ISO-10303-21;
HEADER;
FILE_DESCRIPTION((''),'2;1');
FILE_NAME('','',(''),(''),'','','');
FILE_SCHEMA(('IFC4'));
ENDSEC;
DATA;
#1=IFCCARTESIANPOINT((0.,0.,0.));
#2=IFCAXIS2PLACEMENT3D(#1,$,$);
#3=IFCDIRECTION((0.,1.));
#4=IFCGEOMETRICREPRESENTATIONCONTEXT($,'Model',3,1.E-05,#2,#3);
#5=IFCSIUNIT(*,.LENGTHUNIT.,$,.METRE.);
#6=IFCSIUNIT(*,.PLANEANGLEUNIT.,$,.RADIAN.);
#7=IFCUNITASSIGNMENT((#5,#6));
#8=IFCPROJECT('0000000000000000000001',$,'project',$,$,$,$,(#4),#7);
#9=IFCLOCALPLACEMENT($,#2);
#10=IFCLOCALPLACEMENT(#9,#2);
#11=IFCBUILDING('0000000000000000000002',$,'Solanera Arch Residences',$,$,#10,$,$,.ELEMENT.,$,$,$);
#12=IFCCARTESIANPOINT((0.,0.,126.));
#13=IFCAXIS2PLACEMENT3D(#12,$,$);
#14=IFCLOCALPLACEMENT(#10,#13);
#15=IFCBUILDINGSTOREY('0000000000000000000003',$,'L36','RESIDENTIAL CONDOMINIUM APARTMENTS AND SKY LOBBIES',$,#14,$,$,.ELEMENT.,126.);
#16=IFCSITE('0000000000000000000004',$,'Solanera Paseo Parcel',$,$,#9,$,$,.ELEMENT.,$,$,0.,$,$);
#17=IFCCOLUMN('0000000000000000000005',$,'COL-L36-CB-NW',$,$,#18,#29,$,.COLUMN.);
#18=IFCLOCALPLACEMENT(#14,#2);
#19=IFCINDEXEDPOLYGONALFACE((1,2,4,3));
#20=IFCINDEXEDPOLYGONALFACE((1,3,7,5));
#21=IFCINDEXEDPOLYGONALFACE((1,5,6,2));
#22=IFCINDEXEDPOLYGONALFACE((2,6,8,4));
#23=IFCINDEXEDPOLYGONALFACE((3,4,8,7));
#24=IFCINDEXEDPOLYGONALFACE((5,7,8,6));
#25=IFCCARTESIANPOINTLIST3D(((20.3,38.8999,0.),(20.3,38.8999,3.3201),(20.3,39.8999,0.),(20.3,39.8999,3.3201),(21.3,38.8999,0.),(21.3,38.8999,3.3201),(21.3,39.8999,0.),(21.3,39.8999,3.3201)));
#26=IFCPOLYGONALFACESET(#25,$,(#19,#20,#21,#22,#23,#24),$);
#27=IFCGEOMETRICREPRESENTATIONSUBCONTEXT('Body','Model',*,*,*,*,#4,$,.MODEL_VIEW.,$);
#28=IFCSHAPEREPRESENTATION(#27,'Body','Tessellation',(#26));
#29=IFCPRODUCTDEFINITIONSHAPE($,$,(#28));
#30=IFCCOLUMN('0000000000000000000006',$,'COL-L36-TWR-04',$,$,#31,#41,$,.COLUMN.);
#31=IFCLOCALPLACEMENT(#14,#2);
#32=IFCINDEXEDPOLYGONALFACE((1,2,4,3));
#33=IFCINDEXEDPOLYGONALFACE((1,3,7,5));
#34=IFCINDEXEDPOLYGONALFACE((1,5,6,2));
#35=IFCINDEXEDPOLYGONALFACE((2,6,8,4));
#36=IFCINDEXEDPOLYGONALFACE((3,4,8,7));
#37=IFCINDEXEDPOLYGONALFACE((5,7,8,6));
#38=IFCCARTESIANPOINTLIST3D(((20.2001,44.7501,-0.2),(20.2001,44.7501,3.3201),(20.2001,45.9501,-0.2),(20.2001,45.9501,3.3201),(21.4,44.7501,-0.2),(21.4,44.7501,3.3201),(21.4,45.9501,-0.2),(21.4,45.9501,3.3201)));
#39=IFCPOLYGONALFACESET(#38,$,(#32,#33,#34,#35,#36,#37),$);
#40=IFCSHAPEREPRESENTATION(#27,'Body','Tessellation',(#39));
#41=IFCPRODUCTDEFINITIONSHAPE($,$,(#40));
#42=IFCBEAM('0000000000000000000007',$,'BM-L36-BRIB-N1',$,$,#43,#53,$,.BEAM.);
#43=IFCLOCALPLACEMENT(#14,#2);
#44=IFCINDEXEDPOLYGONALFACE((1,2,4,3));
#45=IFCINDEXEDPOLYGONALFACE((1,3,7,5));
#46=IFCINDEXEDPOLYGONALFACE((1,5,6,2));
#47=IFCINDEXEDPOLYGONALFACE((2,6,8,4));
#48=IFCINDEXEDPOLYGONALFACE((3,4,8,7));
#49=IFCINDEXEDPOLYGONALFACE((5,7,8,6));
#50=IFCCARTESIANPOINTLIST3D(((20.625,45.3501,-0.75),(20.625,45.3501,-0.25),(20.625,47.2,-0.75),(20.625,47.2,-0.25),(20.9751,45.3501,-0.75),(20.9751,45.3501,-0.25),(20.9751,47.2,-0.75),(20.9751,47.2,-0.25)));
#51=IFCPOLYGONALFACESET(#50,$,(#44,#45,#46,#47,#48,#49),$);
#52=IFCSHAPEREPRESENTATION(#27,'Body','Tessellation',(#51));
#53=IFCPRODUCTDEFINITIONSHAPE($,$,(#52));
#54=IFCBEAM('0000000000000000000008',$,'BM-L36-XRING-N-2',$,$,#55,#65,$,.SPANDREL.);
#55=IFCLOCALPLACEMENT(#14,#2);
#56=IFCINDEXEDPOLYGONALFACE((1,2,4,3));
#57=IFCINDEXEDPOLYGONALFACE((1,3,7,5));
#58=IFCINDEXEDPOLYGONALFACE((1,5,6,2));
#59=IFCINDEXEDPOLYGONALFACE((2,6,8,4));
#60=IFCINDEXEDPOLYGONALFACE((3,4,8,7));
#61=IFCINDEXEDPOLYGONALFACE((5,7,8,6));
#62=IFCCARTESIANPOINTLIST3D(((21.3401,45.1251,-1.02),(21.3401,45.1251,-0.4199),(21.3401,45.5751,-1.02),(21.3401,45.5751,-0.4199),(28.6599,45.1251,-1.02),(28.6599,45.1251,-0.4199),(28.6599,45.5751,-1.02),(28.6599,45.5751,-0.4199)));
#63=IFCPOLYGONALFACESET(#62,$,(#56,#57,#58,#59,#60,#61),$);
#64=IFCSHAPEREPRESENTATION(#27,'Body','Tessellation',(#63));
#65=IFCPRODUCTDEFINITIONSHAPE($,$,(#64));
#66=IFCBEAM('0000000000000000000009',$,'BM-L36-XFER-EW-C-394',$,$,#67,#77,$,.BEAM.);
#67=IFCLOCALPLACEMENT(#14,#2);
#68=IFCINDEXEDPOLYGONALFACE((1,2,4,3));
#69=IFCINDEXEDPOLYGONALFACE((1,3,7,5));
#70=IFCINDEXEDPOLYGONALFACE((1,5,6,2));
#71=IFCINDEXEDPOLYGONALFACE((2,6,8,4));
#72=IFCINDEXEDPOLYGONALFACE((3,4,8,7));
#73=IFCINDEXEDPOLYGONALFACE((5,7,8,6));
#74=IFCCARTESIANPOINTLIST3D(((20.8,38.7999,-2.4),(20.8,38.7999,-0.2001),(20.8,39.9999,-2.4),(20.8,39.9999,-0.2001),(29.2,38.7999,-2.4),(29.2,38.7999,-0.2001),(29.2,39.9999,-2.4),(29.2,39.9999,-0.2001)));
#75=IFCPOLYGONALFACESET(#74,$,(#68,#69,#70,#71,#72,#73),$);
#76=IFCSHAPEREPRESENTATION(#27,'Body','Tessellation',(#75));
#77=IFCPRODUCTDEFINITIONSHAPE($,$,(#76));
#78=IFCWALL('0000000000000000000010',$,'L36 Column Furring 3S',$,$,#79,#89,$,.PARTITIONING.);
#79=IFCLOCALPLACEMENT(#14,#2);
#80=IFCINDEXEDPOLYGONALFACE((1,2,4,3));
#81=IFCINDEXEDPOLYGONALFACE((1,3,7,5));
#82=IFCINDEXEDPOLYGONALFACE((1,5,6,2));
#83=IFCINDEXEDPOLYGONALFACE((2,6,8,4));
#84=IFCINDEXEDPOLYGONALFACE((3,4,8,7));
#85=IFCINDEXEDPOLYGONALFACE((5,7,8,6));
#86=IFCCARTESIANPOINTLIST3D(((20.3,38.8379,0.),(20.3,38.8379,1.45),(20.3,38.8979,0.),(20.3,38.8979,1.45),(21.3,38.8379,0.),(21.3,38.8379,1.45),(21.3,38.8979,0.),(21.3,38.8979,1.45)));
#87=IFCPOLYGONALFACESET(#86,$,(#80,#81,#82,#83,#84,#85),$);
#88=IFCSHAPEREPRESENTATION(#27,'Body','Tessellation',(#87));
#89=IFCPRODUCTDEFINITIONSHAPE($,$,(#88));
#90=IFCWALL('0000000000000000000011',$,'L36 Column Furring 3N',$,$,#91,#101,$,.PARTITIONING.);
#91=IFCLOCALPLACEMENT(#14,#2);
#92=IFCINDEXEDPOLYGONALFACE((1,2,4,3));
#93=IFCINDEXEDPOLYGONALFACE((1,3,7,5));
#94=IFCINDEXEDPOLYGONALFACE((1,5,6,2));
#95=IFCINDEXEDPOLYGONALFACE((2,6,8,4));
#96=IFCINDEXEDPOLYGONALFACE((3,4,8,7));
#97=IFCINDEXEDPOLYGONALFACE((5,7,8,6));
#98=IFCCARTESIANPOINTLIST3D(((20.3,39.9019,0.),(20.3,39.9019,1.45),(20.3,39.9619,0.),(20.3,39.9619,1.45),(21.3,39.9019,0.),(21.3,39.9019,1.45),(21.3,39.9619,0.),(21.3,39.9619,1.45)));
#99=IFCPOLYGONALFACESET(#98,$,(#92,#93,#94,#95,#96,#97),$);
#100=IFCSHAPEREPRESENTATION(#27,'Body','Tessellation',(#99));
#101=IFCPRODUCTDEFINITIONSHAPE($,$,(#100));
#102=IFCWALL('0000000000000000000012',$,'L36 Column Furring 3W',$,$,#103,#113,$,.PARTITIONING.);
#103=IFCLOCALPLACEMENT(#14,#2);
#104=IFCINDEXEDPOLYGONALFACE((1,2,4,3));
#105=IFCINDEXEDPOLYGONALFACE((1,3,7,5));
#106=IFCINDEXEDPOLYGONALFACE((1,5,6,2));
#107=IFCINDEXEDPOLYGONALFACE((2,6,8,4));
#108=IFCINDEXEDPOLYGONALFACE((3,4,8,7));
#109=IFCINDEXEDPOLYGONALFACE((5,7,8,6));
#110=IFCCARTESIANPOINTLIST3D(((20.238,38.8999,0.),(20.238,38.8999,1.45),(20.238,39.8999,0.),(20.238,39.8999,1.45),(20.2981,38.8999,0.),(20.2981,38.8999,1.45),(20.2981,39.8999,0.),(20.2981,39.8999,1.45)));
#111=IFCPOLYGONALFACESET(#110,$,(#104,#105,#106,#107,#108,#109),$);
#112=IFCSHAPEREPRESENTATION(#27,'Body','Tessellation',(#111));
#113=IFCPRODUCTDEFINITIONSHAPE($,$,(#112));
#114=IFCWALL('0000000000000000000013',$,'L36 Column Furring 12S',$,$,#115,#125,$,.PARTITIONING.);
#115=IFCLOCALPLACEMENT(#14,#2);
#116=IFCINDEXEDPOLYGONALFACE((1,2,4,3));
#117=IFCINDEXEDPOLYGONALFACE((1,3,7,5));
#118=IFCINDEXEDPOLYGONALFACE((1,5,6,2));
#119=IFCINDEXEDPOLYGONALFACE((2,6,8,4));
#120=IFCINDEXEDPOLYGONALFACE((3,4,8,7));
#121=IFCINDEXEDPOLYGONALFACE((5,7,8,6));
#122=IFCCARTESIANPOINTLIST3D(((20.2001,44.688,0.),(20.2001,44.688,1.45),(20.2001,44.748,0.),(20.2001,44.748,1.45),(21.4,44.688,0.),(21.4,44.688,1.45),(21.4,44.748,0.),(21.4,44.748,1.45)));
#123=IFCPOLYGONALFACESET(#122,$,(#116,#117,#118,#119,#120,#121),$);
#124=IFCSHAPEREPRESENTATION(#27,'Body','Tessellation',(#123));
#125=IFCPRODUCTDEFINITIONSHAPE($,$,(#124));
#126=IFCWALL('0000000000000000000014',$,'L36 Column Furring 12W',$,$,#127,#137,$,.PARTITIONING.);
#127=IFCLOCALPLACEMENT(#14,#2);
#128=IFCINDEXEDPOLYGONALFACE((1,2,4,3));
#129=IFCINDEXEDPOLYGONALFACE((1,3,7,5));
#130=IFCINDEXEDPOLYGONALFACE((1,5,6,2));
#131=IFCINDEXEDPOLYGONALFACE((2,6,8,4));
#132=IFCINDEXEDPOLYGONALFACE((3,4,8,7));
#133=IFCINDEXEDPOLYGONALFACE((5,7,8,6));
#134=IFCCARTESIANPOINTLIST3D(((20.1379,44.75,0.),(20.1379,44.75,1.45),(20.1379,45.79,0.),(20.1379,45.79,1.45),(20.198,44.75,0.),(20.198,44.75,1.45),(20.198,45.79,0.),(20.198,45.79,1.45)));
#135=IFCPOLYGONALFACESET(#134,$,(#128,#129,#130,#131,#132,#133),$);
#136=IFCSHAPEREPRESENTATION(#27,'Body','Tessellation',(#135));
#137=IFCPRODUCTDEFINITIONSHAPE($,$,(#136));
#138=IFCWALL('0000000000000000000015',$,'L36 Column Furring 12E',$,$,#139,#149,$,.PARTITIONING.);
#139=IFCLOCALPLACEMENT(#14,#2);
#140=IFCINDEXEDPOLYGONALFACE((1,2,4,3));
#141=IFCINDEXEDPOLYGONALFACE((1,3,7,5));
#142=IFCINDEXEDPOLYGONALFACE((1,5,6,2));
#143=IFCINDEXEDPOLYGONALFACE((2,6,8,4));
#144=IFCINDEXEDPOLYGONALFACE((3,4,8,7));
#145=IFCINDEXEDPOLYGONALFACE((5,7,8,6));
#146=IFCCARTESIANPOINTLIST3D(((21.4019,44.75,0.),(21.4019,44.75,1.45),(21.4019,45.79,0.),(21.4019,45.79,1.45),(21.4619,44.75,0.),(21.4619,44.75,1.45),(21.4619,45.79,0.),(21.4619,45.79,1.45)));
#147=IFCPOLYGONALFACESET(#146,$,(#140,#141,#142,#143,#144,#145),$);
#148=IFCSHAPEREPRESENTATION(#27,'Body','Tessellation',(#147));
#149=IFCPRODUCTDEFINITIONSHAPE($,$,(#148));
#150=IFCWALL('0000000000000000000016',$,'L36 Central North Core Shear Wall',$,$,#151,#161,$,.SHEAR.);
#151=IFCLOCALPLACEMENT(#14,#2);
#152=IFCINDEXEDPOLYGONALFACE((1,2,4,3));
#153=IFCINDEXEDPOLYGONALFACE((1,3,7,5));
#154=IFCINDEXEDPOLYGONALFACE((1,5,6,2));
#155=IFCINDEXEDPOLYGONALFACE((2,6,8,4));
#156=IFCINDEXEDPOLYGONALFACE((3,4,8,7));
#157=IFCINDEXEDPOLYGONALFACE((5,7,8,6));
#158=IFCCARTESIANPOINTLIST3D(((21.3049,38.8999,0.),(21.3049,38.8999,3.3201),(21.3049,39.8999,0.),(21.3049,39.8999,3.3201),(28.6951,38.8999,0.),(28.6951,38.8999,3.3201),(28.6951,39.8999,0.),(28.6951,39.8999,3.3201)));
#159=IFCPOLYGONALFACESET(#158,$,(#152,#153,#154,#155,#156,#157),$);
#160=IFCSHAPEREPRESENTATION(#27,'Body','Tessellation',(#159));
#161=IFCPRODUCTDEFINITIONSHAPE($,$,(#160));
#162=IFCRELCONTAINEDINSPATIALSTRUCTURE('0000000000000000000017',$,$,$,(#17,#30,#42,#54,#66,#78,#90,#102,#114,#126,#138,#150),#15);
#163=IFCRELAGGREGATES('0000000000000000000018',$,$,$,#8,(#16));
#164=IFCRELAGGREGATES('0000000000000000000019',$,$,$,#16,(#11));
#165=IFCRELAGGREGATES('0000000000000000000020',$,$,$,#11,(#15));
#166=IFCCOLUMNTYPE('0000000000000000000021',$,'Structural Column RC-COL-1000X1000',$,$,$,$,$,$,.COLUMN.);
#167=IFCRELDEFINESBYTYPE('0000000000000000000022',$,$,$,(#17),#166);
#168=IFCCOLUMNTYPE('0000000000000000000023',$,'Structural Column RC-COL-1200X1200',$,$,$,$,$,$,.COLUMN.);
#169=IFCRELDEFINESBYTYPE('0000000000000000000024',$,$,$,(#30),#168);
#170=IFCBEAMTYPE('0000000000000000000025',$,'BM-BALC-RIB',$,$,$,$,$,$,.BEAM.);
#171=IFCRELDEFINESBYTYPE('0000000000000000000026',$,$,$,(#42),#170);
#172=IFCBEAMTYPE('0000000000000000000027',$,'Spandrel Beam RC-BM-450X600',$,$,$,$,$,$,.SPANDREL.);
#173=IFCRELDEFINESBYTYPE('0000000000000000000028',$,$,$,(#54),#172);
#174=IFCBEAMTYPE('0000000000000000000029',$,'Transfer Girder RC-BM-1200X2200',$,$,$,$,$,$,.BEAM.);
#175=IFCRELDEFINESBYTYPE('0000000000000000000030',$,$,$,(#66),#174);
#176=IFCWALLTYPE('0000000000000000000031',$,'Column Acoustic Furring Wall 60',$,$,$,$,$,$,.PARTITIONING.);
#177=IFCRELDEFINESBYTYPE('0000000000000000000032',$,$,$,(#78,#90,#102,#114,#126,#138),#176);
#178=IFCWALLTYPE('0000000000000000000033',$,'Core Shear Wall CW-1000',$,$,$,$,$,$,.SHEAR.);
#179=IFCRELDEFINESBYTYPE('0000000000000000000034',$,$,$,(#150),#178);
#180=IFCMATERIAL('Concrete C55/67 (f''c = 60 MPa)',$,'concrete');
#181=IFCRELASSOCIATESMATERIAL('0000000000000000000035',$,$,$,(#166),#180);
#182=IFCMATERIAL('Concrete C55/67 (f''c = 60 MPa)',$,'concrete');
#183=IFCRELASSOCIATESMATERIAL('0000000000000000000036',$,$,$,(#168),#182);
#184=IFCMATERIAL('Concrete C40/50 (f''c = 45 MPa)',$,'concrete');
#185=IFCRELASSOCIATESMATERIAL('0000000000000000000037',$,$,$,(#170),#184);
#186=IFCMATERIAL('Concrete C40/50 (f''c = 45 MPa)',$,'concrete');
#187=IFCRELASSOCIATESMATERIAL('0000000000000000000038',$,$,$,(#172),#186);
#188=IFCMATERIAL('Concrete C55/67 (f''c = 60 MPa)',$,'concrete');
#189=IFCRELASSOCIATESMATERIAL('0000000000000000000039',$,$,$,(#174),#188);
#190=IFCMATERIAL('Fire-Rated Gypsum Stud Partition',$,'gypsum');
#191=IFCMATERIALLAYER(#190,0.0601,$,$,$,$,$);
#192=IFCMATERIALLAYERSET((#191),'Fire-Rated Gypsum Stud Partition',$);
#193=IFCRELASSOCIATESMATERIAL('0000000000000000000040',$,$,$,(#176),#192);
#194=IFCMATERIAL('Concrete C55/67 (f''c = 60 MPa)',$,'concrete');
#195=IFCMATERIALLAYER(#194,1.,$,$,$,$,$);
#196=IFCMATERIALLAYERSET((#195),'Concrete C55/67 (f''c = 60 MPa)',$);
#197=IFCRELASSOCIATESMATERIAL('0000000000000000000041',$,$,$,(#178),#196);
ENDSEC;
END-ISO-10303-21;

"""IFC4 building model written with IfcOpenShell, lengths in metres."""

from ifc_helpers import new_model, si_unit, direction, frame, frame_2d, origin, origin_2d, place, context, subcontext, project, spatial, rectangle, extrude, material, layer, layer_set, material_profile, profile_set, type_object, element, save


model = new_model("IFC4")

# Units and contexts
model_context = context("Model", 3, precision=1e-05, world=origin(), true_north=direction((0.0, 1.0)))
body_context = subcontext(model_context, "Body", "Model", "MODEL_VIEW")
ifc_project = project(units=[si_unit("LENGTHUNIT", "METRE"), si_unit("PLANEANGLEUNIT", "RADIAN")], contexts=[model_context])

# Site, building, storey
site_placement = place(None, origin())
site = spatial("IfcSite", under=ifc_project, at=site_placement, Name="Solanera Paseo Parcel", CompositionType="ELEMENT", RefElevation=0.0)
building_placement = place(site_placement, origin())
building = spatial("IfcBuilding", under=site, at=building_placement, Name="Solanera Arch Residences", CompositionType="ELEMENT")
storey_placement = place(building_placement, frame((0.0, 0.0, 126.0)))
storey = spatial("IfcBuildingStorey", under=building, at=storey_placement, Name="L36", Description="RESIDENTIAL CONDOMINIUM APARTMENTS AND SKY LOBBIES", CompositionType="ELEMENT", Elevation=126.0)

# Columns
ifc_material_1 = material(Name="Concrete C55/67 (f'c = 60 MPa)", Category="concrete")
ifc_material_profile_1 = material_profile(ifc_material_1, rectangle(XDim=1.0, YDim=1.0, at=origin_2d()))
ifc_profile_set_1 = profile_set([ifc_material_profile_1], Name="Concrete C55/67 (f'c = 60 MPa)")
column_type_1 = type_object("IfcColumnType", Name="Structural Column RC-COL-1000X1000", PredefinedType="COLUMN", material=ifc_profile_set_1)
column_1_placement = place(storey_placement, frame((20.8, 39.3999, 0.0), z_axis=(0.0, 0.0, 1.0), x_axis=(1.0, 0.0, 0.0)))
element("IfcColumn", 1, at=column_1_placement, inside=storey, type_object=column_type_1, Name="COL-L36-CB-NW", PredefinedType="COLUMN", context=body_context, shape_type="SweptSolid", body=[
    extrude(rectangle(XDim=1.0, YDim=1.0, at=origin_2d()), origin(), (0.0, 0.0, 1.0), 3.3201),
])
ifc_material_2 = material(Name="Concrete C55/67 (f'c = 60 MPa)", Category="concrete")
ifc_material_profile_2 = material_profile(ifc_material_2, rectangle(XDim=1.2, YDim=1.2, at=origin_2d()))
ifc_profile_set_2 = profile_set([ifc_material_profile_2], Name="Concrete C55/67 (f'c = 60 MPa)")
column_type_2 = type_object("IfcColumnType", Name="Structural Column RC-COL-1200X1200", PredefinedType="COLUMN", material=ifc_profile_set_2)
column_2_placement = place(storey_placement, frame((20.8, 45.3501, -0.2), z_axis=(0.0, 0.0, 1.0), x_axis=(1.0, 0.0, 0.0)))
element("IfcColumn", 2, at=column_2_placement, inside=storey, type_object=column_type_2, Name="COL-L36-TWR-04", PredefinedType="COLUMN", context=body_context, shape_type="SweptSolid", body=[
    extrude(rectangle(XDim=1.2, YDim=1.2, at=origin_2d()), origin(), (0.0, 0.0, 1.0), 3.52),
])

# Beams
ifc_material_3 = material(Name="Concrete C40/50 (f'c = 45 MPa)", Category="concrete")
ifc_material_profile_3 = material_profile(ifc_material_3, rectangle(XDim=0.3501, YDim=0.5, at=origin_2d()))
ifc_profile_set_3 = profile_set([ifc_material_profile_3], Name="Concrete C40/50 (f'c = 45 MPa)")
beam_type_1 = type_object("IfcBeamType", Name="BM-BALC-RIB", PredefinedType="BEAM", material=ifc_profile_set_3)
beam_1_placement = place(storey_placement, frame((20.8, 45.3501, -0.5), z_axis=(0.0, 1.0, 0.0), x_axis=(-1.0, 0.0, 0.0)))
element("IfcBeam", 3, at=beam_1_placement, inside=storey, type_object=beam_type_1, Name="BM-L36-BRIB-N1", PredefinedType="BEAM", context=body_context, shape_type="SweptSolid", body=[
    extrude(rectangle(XDim=0.3501, YDim=0.5, at=origin_2d()), origin(), (0.0, 0.0, 1.0), 1.8499),
])
ifc_material_4 = material(Name="Concrete C40/50 (f'c = 45 MPa)", Category="concrete")
ifc_material_profile_4 = material_profile(ifc_material_4, rectangle(XDim=0.45, YDim=0.6001, at=origin_2d()))
ifc_profile_set_4 = profile_set([ifc_material_profile_4], Name="Concrete C40/50 (f'c = 45 MPa)")
beam_type_2 = type_object("IfcBeamType", Name="Spandrel Beam RC-BM-450X600", PredefinedType="SPANDREL", material=ifc_profile_set_4)
beam_2_placement = place(storey_placement, frame((21.3401, 45.3501, -0.72), z_axis=(1.0, 0.0, 0.0), x_axis=(0.0, 1.0, 0.0)))
element("IfcBeam", 4, at=beam_2_placement, inside=storey, type_object=beam_type_2, Name="BM-L36-XRING-N-2", PredefinedType="SPANDREL", context=body_context, shape_type="SweptSolid", body=[
    extrude(rectangle(XDim=0.45, YDim=0.6001, at=origin_2d()), origin(), (0.0, 0.0, 1.0), 7.3198),
])
ifc_material_5 = material(Name="Concrete C55/67 (f'c = 60 MPa)", Category="concrete")
ifc_material_profile_5 = material_profile(ifc_material_5, rectangle(XDim=1.2, YDim=2.2, at=origin_2d()))
ifc_profile_set_5 = profile_set([ifc_material_profile_5], Name="Concrete C55/67 (f'c = 60 MPa)")
beam_type_3 = type_object("IfcBeamType", Name="Transfer Girder RC-BM-1200X2200", PredefinedType="BEAM", material=ifc_profile_set_5)
beam_3_placement = place(storey_placement, frame((20.8, 39.3999, -1.3), z_axis=(1.0, 0.0, 0.0), x_axis=(0.0, 1.0, 0.0)))
element("IfcBeam", 5, at=beam_3_placement, inside=storey, type_object=beam_type_3, Name="BM-L36-XFER-EW-C-394", PredefinedType="BEAM", context=body_context, shape_type="SweptSolid", body=[
    extrude(rectangle(XDim=1.2, YDim=2.2, at=origin_2d()), origin(), (0.0, 0.0, 1.0), 8.3999),
])

# Walls
ifc_material_6 = material(Name="Fire-Rated Gypsum Stud Partition", Category="gypsum")
ifc_layer_1 = layer(ifc_material_6, 0.0601)
ifc_layer_set_1 = layer_set([ifc_layer_1], Name="Fire-Rated Gypsum Stud Partition")
wall_type_1 = type_object("IfcWallType", Name="Column Acoustic Furring Wall 60", PredefinedType="PARTITIONING", material=ifc_layer_set_1)
for number, where, z_axis, x_axis, name in (
    (6, (20.3, 38.8679, 0.0), (0.0, 0.0, 1.0), (1.0, 0.0, 0.0), "L36 Column Furring 3S"),
    (7, (20.3, 39.9319, 0.0), (0.0, 0.0, 1.0), (1.0, 0.0, 0.0), "L36 Column Furring 3N"),
    (8, (20.2681, 38.8999, 0.0), (0.0, 0.0, 1.0), (0.0, 1.0, 0.0), "L36 Column Furring 3W"),
):
    element("IfcWall", number, at=place(storey_placement, frame(where, z_axis=z_axis, x_axis=x_axis)), inside=storey, type_object=wall_type_1, Name=name, PredefinedType="PARTITIONING", context=body_context, shape_type="SweptSolid", body=[
        extrude(rectangle(XDim=1.0, YDim=0.0601, at=frame_2d((0.5, 0.0))), origin(), (0.0, 0.0, 1.0), 1.45),
    ])
wall_1_placement = place(storey_placement, frame((20.2, 44.718, 0.0), z_axis=(0.0, 0.0, 1.0), x_axis=(1.0, 0.0, 0.0)))
element("IfcWall", 9, at=wall_1_placement, inside=storey, type_object=wall_type_1, Name="L36 Column Furring 12S", PredefinedType="PARTITIONING", context=body_context, shape_type="SweptSolid", body=[
    extrude(rectangle(XDim=1.2, YDim=0.0601, at=frame_2d((0.6001, 0.0))), origin(), (0.0, 0.0, 1.0), 1.45),
])
for number, where, z_axis, x_axis, name in (
    (10, (20.168, 44.75, 0.0), (0.0, 0.0, 1.0), (0.0, 1.0, 0.0), "L36 Column Furring 12W"),
    (11, (21.4319, 44.75, 0.0), (0.0, 0.0, 1.0), (0.0, 1.0, 0.0), "L36 Column Furring 12E"),
):
    element("IfcWall", number, at=place(storey_placement, frame(where, z_axis=z_axis, x_axis=x_axis)), inside=storey, type_object=wall_type_1, Name=name, PredefinedType="PARTITIONING", context=body_context, shape_type="SweptSolid", body=[
        extrude(rectangle(XDim=1.04, YDim=0.0601, at=frame_2d((0.52, 0.0))), origin(), (0.0, 0.0, 1.0), 1.45),
    ])
ifc_material_7 = material(Name="Concrete C55/67 (f'c = 60 MPa)", Category="concrete")
ifc_layer_2 = layer(ifc_material_7, 1.0)
ifc_layer_set_2 = layer_set([ifc_layer_2], Name="Concrete C55/67 (f'c = 60 MPa)")
wall_type_2 = type_object("IfcWallType", Name="Core Shear Wall CW-1000", PredefinedType="SHEAR", material=ifc_layer_set_2)
wall_2_placement = place(storey_placement, frame((21.3049, 39.3999, 0.0), z_axis=(0.0, 0.0, 1.0), x_axis=(1.0, 0.0, 0.0)))
element("IfcWall", 12, at=wall_2_placement, inside=storey, type_object=wall_type_2, Name="L36 Central North Core Shear Wall", PredefinedType="SHEAR", context=body_context, shape_type="SweptSolid", body=[
    extrude(rectangle(XDim=7.3901, YDim=1.0, at=frame_2d((3.6951, 0.0))), origin(), (0.0, 0.0, 1.0), 3.3201),
])

save(model, "model.ifc")
